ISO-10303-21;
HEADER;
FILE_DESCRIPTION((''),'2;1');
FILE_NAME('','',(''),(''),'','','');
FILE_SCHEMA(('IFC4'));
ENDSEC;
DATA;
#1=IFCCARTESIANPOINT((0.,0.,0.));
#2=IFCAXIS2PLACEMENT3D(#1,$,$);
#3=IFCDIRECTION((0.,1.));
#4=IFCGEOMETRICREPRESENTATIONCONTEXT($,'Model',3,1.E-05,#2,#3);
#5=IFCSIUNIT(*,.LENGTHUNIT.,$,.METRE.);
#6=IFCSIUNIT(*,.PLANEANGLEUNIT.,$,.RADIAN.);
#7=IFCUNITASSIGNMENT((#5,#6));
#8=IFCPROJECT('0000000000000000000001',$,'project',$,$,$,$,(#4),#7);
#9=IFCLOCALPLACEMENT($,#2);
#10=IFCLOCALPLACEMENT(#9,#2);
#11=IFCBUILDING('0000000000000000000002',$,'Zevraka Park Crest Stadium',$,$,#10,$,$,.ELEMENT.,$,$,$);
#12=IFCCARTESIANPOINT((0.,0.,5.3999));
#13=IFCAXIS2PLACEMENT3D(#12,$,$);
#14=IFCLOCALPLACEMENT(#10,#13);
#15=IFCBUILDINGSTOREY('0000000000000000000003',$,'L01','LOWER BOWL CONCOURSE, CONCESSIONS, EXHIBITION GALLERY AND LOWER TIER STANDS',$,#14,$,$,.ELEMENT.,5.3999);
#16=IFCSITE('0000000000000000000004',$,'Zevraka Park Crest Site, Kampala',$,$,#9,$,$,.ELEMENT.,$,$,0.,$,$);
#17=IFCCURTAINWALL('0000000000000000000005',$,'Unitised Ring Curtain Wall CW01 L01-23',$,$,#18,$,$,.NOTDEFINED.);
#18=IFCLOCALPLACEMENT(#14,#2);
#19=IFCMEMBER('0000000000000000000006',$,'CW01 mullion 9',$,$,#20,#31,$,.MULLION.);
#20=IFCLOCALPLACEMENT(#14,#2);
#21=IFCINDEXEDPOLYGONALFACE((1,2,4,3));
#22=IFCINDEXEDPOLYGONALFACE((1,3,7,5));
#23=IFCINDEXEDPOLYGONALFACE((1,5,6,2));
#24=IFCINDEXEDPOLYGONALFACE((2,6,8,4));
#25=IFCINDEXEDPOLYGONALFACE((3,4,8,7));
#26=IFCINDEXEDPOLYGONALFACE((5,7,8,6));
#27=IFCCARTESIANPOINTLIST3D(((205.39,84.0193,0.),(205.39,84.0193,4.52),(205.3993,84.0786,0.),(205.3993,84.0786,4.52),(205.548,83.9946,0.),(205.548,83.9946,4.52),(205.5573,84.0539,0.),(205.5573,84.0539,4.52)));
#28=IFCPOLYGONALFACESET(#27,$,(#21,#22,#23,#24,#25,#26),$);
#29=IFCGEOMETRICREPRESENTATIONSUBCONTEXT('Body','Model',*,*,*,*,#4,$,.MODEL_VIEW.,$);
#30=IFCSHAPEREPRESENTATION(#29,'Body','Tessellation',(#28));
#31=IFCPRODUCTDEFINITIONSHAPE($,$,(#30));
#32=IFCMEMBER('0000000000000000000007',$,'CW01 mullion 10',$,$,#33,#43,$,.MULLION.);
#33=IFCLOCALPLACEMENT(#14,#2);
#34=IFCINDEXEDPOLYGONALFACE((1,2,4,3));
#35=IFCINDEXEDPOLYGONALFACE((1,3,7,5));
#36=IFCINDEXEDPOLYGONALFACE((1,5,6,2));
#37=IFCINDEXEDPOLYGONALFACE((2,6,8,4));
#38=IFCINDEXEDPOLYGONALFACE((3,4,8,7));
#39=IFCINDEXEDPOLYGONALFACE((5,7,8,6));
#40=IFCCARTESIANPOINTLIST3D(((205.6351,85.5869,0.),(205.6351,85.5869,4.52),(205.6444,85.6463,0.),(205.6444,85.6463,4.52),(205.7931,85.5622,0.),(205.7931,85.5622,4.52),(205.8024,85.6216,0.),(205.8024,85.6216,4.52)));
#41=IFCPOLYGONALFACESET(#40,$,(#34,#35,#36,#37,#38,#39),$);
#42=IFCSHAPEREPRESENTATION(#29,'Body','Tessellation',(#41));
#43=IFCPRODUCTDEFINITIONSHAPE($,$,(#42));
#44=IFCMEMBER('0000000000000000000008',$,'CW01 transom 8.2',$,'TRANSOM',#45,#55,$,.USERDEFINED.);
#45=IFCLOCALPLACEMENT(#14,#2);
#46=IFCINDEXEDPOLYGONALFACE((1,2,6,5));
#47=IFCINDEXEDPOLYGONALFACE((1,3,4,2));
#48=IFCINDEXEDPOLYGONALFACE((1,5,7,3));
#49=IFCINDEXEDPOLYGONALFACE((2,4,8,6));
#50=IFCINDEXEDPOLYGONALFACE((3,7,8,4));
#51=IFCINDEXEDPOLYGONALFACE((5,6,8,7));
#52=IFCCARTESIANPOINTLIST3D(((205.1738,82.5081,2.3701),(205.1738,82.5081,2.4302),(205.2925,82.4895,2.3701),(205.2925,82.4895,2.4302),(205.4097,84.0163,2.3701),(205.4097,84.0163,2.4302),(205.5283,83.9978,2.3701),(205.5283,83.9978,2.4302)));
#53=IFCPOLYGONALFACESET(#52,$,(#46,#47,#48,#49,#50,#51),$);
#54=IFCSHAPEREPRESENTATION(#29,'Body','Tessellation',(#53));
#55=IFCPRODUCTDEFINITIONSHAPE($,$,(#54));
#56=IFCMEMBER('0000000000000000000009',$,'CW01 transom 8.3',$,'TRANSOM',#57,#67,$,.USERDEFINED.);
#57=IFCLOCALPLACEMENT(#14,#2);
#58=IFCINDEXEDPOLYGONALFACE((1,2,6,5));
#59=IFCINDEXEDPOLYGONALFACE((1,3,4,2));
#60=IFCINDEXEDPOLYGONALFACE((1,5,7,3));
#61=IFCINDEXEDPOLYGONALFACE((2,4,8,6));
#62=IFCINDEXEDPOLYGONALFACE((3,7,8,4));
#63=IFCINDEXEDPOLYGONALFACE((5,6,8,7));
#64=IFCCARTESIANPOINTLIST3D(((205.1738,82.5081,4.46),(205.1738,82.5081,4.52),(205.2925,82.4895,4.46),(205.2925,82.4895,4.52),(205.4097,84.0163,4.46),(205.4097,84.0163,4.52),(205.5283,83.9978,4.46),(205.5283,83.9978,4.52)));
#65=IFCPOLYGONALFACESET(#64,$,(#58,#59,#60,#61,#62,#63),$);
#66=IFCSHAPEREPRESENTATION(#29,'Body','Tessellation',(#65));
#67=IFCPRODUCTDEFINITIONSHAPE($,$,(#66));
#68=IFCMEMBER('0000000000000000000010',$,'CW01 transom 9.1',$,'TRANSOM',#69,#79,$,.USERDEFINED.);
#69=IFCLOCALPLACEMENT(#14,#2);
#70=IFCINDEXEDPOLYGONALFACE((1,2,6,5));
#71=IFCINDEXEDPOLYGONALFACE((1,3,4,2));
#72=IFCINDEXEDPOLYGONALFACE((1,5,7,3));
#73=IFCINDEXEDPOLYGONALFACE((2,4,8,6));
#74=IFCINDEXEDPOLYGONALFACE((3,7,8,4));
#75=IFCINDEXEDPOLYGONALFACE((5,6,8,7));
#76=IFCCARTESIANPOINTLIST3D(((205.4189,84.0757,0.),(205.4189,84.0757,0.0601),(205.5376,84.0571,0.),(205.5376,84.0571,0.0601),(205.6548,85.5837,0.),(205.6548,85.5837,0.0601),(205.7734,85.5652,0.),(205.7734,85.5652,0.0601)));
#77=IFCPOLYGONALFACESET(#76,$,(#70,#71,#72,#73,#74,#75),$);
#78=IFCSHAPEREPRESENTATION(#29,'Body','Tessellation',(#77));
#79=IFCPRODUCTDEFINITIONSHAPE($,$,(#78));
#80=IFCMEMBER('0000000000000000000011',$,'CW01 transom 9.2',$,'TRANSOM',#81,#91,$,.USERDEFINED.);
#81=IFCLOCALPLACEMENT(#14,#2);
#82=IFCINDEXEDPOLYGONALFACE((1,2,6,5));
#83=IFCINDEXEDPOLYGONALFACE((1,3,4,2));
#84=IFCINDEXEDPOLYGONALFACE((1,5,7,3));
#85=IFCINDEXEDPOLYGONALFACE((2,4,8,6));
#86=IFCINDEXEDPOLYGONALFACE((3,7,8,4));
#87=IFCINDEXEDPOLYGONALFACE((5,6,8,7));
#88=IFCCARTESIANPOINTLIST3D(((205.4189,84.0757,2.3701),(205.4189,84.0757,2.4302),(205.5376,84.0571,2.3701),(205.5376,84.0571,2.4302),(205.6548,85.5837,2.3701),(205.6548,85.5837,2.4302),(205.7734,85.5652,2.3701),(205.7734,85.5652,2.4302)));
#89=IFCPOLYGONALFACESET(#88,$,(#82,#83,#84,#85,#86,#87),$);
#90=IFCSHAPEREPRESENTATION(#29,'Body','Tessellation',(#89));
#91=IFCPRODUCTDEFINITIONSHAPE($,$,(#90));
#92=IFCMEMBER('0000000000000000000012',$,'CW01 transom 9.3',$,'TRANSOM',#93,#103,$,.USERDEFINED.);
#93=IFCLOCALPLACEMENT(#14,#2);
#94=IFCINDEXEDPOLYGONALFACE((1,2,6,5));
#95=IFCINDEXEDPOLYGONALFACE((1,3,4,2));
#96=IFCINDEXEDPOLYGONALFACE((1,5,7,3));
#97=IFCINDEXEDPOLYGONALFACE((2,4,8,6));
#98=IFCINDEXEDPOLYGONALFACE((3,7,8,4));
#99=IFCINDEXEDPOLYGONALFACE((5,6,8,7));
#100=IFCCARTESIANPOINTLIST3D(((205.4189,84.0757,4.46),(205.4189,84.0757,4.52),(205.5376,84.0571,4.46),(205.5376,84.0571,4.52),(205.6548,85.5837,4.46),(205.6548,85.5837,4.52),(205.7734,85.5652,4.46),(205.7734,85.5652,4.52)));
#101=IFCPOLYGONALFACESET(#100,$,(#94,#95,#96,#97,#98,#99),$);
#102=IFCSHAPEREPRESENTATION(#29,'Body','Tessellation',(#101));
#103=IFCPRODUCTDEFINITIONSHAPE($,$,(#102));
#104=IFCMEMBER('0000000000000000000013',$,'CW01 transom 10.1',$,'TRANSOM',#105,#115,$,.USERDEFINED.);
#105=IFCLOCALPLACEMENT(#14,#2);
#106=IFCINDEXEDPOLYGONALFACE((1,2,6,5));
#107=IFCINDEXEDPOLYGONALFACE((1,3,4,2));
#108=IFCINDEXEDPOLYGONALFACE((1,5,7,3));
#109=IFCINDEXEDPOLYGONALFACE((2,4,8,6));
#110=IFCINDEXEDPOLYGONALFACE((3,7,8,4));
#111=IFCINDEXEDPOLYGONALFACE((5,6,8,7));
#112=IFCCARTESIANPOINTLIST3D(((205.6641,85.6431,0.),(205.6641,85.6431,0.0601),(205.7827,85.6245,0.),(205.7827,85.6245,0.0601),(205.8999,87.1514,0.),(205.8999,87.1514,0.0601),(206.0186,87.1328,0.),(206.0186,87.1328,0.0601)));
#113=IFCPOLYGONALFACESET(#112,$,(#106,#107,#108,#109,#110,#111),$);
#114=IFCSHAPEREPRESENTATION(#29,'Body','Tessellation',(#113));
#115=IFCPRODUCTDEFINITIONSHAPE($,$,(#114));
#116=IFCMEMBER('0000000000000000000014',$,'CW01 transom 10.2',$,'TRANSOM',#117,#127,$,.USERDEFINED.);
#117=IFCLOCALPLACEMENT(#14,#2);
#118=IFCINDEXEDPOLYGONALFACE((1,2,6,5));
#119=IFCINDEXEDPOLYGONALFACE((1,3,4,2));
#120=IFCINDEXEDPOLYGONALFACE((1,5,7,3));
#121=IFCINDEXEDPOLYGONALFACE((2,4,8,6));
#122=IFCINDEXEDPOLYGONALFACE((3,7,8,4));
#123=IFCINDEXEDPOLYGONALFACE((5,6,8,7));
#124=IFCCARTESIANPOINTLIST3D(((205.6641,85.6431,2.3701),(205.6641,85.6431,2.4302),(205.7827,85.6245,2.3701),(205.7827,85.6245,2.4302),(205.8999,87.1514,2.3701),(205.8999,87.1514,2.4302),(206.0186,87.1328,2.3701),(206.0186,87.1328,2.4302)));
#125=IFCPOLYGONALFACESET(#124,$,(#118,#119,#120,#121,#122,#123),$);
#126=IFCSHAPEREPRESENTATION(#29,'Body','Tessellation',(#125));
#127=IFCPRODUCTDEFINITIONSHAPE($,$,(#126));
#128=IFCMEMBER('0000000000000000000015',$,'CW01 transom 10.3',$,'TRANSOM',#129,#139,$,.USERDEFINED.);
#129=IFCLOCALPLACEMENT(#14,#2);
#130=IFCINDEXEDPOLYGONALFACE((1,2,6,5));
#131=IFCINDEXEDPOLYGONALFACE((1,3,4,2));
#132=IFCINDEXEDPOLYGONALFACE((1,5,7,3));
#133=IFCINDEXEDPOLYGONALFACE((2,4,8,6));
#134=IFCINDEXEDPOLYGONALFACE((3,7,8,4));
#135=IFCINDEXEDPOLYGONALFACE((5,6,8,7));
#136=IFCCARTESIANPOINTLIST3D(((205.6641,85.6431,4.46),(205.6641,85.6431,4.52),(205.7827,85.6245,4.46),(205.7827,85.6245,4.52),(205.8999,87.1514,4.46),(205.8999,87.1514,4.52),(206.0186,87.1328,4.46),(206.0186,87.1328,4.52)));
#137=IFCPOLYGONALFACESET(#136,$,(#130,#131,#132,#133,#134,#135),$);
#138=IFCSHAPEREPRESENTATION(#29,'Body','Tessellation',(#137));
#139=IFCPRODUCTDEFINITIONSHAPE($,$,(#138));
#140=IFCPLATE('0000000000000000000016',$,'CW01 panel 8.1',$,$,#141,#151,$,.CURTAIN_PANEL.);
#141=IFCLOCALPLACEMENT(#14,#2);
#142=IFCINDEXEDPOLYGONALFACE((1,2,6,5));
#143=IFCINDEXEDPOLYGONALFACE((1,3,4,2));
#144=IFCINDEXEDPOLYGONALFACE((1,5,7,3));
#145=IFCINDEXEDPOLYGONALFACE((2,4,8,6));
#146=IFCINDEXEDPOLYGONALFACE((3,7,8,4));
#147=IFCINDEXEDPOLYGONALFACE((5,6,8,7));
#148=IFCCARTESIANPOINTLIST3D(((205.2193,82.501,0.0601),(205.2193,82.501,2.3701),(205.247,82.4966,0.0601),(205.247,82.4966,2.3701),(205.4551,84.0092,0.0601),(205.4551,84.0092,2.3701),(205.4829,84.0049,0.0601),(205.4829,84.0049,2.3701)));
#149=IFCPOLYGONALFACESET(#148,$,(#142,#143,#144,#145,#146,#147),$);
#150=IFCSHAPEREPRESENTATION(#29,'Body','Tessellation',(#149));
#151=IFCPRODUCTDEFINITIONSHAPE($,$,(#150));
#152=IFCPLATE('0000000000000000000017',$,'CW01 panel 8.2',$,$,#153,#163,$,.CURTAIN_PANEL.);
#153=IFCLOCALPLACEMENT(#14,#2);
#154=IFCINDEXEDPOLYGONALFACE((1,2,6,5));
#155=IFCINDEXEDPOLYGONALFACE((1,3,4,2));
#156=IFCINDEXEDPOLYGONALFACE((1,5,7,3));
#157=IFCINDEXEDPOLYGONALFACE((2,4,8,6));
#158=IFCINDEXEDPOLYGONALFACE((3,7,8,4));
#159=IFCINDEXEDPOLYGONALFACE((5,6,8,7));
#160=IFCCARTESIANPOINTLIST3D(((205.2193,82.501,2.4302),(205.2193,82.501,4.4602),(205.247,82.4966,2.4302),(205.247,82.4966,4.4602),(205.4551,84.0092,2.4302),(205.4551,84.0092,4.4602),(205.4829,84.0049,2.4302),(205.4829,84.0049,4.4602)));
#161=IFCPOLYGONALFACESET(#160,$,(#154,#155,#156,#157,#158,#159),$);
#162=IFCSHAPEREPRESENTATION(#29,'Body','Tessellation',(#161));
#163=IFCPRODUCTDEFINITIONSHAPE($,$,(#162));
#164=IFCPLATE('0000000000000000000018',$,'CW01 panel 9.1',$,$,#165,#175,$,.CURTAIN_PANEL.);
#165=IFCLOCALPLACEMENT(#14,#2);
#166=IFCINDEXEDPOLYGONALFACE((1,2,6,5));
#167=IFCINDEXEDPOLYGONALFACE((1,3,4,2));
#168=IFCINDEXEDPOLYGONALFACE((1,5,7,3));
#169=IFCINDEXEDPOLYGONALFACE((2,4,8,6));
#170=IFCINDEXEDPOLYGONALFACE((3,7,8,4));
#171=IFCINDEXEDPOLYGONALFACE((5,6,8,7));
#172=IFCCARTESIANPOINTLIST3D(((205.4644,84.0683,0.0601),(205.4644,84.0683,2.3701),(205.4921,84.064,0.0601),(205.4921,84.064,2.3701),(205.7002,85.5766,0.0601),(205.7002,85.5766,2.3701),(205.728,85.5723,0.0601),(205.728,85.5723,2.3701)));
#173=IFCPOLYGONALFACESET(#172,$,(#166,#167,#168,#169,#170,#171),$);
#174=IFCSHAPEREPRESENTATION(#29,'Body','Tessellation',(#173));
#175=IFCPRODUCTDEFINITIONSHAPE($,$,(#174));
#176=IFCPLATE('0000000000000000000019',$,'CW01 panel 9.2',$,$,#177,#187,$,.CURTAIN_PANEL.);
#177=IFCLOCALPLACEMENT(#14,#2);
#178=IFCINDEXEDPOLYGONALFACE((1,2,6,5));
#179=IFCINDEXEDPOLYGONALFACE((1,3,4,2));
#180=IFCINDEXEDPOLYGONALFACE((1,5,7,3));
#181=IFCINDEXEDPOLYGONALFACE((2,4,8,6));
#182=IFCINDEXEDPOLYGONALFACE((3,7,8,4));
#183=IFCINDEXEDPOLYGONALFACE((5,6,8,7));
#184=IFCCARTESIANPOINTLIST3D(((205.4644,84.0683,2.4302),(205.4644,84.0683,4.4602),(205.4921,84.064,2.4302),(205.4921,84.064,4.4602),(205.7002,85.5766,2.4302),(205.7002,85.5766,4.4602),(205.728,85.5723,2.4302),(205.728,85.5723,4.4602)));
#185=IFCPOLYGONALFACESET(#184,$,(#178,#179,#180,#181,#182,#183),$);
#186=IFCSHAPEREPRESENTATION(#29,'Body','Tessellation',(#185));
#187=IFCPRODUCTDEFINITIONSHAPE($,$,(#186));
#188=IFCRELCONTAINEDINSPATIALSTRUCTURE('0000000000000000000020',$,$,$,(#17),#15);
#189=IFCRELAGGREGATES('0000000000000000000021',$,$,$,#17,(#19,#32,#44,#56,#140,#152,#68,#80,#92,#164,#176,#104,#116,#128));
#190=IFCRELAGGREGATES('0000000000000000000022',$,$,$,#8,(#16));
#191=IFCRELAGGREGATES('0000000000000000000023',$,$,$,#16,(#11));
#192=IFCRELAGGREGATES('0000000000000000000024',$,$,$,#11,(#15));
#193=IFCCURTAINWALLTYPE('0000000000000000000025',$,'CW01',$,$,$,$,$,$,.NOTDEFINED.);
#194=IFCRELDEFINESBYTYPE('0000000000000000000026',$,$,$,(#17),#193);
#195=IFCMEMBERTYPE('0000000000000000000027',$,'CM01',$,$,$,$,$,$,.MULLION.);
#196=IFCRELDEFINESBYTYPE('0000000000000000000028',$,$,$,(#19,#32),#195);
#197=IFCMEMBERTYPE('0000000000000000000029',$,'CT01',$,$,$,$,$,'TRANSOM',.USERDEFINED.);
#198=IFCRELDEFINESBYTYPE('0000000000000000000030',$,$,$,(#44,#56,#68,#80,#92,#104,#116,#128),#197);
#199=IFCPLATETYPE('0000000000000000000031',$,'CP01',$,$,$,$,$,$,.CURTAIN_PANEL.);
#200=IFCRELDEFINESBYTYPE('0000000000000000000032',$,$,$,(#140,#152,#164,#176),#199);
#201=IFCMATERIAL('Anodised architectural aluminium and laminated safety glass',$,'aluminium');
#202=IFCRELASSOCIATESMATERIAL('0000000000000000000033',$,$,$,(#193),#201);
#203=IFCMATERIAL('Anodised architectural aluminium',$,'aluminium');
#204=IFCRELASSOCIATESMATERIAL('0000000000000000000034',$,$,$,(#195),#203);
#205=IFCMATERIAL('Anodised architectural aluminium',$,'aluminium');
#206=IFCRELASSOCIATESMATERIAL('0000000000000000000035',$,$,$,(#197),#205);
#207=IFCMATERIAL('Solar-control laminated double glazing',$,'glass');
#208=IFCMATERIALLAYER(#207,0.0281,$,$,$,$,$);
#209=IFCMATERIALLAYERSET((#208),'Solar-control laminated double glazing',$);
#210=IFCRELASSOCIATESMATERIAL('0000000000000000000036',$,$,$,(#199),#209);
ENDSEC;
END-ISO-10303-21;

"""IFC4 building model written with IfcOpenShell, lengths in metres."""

from ifc_helpers import new_model, si_unit, direction, frame, origin, origin_2d, place, context, subcontext, project, spatial, rectangle, extrude, material, layer, layer_set, material_profile, profile_set, type_object, element, aggregate, save


model = new_model("IFC4")

# Units and contexts
model_context = context("Model", 3, precision=1e-05, world=origin(), true_north=direction((0.0, 1.0)))
body_context = subcontext(model_context, "Body", "Model", "MODEL_VIEW")
ifc_project = project(units=[si_unit("LENGTHUNIT", "METRE"), si_unit("PLANEANGLEUNIT", "RADIAN")], contexts=[model_context])

# Site, building, storey
site_placement = place(None, origin())
site = spatial("IfcSite", under=ifc_project, at=site_placement, Name="Zevraka Park Crest Site, Kampala", CompositionType="ELEMENT", RefElevation=0.0)
building_placement = place(site_placement, origin())
building = spatial("IfcBuilding", under=site, at=building_placement, Name="Zevraka Park Crest Stadium", CompositionType="ELEMENT")
storey_placement = place(building_placement, frame((0.0, 0.0, 5.3999)))
storey = spatial("IfcBuildingStorey", under=building, at=storey_placement, Name="L01", Description="LOWER BOWL CONCOURSE, CONCESSIONS, EXHIBITION GALLERY AND LOWER TIER STANDS", CompositionType="ELEMENT", Elevation=5.3999)

# Curtain wall, members, plates
ifc_material_1 = material(Name="Anodised architectural aluminium and laminated safety glass", Category="aluminium")
curtain_wall_type = type_object("IfcCurtainWallType", Name="CW01", PredefinedType="NOTDEFINED", material=ifc_material_1)
curtain_wall_placement = place(storey_placement, origin())
curtain_wall = element("IfcCurtainWall", 1, at=curtain_wall_placement, inside=storey, type_object=curtain_wall_type, Name="Unitised Ring Curtain Wall CW01 L01-23", PredefinedType="NOTDEFINED")
ifc_material_2 = material(Name="Anodised architectural aluminium", Category="aluminium")
ifc_material_profile_1 = material_profile(ifc_material_2, rectangle(XDim=0.1599, YDim=0.0601, at=origin_2d()), Name="ALU MULLION 160x60")
ifc_profile_set_1 = profile_set([ifc_material_profile_1], Name="Anodised architectural aluminium")
member_type_1 = type_object("IfcMemberType", Name="CM01", PredefinedType="MULLION", material=ifc_profile_set_1)
member_1_placement = place(storey_placement, frame((205.4736, 84.0366, 0.0), z_axis=(0.0, 0.0, 1.0), x_axis=(-0.987997, 0.154476, 0.0)))
member_1 = element("IfcMember", 2, at=member_1_placement, type_object=member_type_1, Name="CW01 mullion 9", PredefinedType="MULLION", context=body_context, shape_type="SweptSolid", body=[
    extrude(rectangle(XDim=0.1599, YDim=0.0601, at=origin_2d()), origin(), (0.0, 0.0, 1.0), 4.52),
])
member_2_placement = place(storey_placement, frame((205.7188, 85.6042, 0.0), z_axis=(0.0, 0.0, 1.0), x_axis=(-0.987997, 0.154476, 0.0)))
member_2 = element("IfcMember", 3, at=member_2_placement, type_object=member_type_1, Name="CW01 mullion 10", PredefinedType="MULLION", context=body_context, shape_type="SweptSolid", body=[
    extrude(rectangle(XDim=0.1599, YDim=0.0601, at=origin_2d()), origin(), (0.0, 0.0, 1.0), 4.52),
])
ifc_material_3 = material(Name="Anodised architectural aluminium", Category="aluminium")
ifc_material_profile_2 = material_profile(ifc_material_3, rectangle(XDim=0.1201, YDim=0.0601, at=origin_2d()), Name="ALU TRANSOM 120x60")
ifc_profile_set_2 = profile_set([ifc_material_profile_2], Name="Anodised architectural aluminium")
member_type_2 = type_object("IfcMemberType", Name="CT01", ElementType="TRANSOM", PredefinedType="USERDEFINED", material=ifc_profile_set_2)
member_3_placement = place(storey_placement, frame((205.2332, 82.4988, 2.4001), z_axis=(0.154484, 0.987995, 0.0), x_axis=(-0.987995, 0.154484, 0.0)))
member_3 = element("IfcMember", 4, at=member_3_placement, type_object=member_type_2, Name="CW01 transom 8.2", ObjectType="TRANSOM", PredefinedType="USERDEFINED", context=body_context, shape_type="SweptSolid", body=[
    extrude(rectangle(XDim=0.1201, YDim=0.0601, at=origin_2d()), origin(), (0.0, 0.0, 1.0), 1.5266),
])
member_4_placement = place(storey_placement, frame((205.2332, 82.4988, 4.49), z_axis=(0.154484, 0.987995, 0.0), x_axis=(-0.987995, 0.154484, 0.0)))
member_4 = element("IfcMember", 5, at=member_4_placement, type_object=member_type_2, Name="CW01 transom 8.3", ObjectType="TRANSOM", PredefinedType="USERDEFINED", context=body_context, shape_type="SweptSolid", body=[
    extrude(rectangle(XDim=0.1201, YDim=0.0601, at=origin_2d()), origin(), (0.0, 0.0, 1.0), 1.5266),
])
member_5_placement = place(storey_placement, frame((205.4783, 84.0664, 0.03), z_axis=(0.154509, 0.987991, 0.0), x_axis=(-0.987991, 0.154509, 0.0)))
member_5 = element("IfcMember", 6, at=member_5_placement, type_object=member_type_2, Name="CW01 transom 9.1", ObjectType="TRANSOM", PredefinedType="USERDEFINED", context=body_context, shape_type="SweptSolid", body=[
    extrude(rectangle(XDim=0.1201, YDim=0.0601, at=origin_2d()), origin(), (0.0, 0.0, 1.0), 1.5264),
])
member_6_placement = place(storey_placement, frame((205.4783, 84.0664, 2.4001), z_axis=(0.154509, 0.987991, 0.0), x_axis=(-0.987991, 0.154509, 0.0)))
member_6 = element("IfcMember", 7, at=member_6_placement, type_object=member_type_2, Name="CW01 transom 9.2", ObjectType="TRANSOM", PredefinedType="USERDEFINED", context=body_context, shape_type="SweptSolid", body=[
    extrude(rectangle(XDim=0.1201, YDim=0.0601, at=origin_2d()), origin(), (0.0, 0.0, 1.0), 1.5264),
])
member_7_placement = place(storey_placement, frame((205.4783, 84.0664, 4.49), z_axis=(0.154509, 0.987991, 0.0), x_axis=(-0.987991, 0.154509, 0.0)))
member_7 = element("IfcMember", 8, at=member_7_placement, type_object=member_type_2, Name="CW01 transom 9.3", ObjectType="TRANSOM", PredefinedType="USERDEFINED", context=body_context, shape_type="SweptSolid", body=[
    extrude(rectangle(XDim=0.1201, YDim=0.0601, at=origin_2d()), origin(), (0.0, 0.0, 1.0), 1.5264),
])
member_8_placement = place(storey_placement, frame((205.7234, 85.6338, 0.03), z_axis=(0.154484, 0.987995, 0.0), x_axis=(-0.987995, 0.154484, 0.0)))
member_8 = element("IfcMember", 9, at=member_8_placement, type_object=member_type_2, Name="CW01 transom 10.1", ObjectType="TRANSOM", PredefinedType="USERDEFINED", context=body_context, shape_type="SweptSolid", body=[
    extrude(rectangle(XDim=0.1201, YDim=0.0601, at=origin_2d()), origin(), (0.0, 0.0, 1.0), 1.5266),
])
member_9_placement = place(storey_placement, frame((205.7234, 85.6338, 2.4001), z_axis=(0.154484, 0.987995, 0.0), x_axis=(-0.987995, 0.154484, 0.0)))
member_9 = element("IfcMember", 10, at=member_9_placement, type_object=member_type_2, Name="CW01 transom 10.2", ObjectType="TRANSOM", PredefinedType="USERDEFINED", context=body_context, shape_type="SweptSolid", body=[
    extrude(rectangle(XDim=0.1201, YDim=0.0601, at=origin_2d()), origin(), (0.0, 0.0, 1.0), 1.5266),
])
member_10_placement = place(storey_placement, frame((205.7234, 85.6338, 4.49), z_axis=(0.154484, 0.987995, 0.0), x_axis=(-0.987995, 0.154484, 0.0)))
member_10 = element("IfcMember", 11, at=member_10_placement, type_object=member_type_2, Name="CW01 transom 10.3", ObjectType="TRANSOM", PredefinedType="USERDEFINED", context=body_context, shape_type="SweptSolid", body=[
    extrude(rectangle(XDim=0.1201, YDim=0.0601, at=origin_2d()), origin(), (0.0, 0.0, 1.0), 1.5266),
])
ifc_material_4 = material(Name="Solar-control laminated double glazing", Category="glass")
ifc_layer_1 = layer(ifc_material_4, 0.0281)
ifc_layer_set_1 = layer_set([ifc_layer_1], Name="Solar-control laminated double glazing")
plate_type = type_object("IfcPlateType", Name="CP01", PredefinedType="CURTAIN_PANEL", material=ifc_layer_set_1)
plate_1_placement = place(storey_placement, frame((205.3511, 83.2529, 0.0601), z_axis=(0.0, 0.0, 1.0), x_axis=(0.154476, 0.987997, 0.0)))
plate_1 = element("IfcPlate", 12, at=plate_1_placement, type_object=plate_type, Name="CW01 panel 8.1", PredefinedType="CURTAIN_PANEL", context=body_context, shape_type="SweptSolid", body=[
    extrude(rectangle(XDim=1.5266, YDim=0.0281, at=origin_2d()), origin(), (0.0, 0.0, 1.0), 2.3101),
])
plate_2_placement = place(storey_placement, frame((205.3511, 83.2529, 2.4302), z_axis=(0.0, 0.0, 1.0), x_axis=(0.154476, 0.987997, 0.0)))
plate_2 = element("IfcPlate", 13, at=plate_2_placement, type_object=plate_type, Name="CW01 panel 8.2", PredefinedType="CURTAIN_PANEL", context=body_context, shape_type="SweptSolid", body=[
    extrude(rectangle(XDim=1.5266, YDim=0.0281, at=origin_2d()), origin(), (0.0, 0.0, 1.0), 2.03),
])
plate_3_placement = place(storey_placement, frame((205.5962, 84.8203, 0.0601), z_axis=(0.0, 0.0, 1.0), x_axis=(0.154476, 0.987997, 0.0)))
plate_3 = element("IfcPlate", 14, at=plate_3_placement, type_object=plate_type, Name="CW01 panel 9.1", PredefinedType="CURTAIN_PANEL", context=body_context, shape_type="SweptSolid", body=[
    extrude(rectangle(XDim=1.5266, YDim=0.0281, at=origin_2d()), origin(), (0.0, 0.0, 1.0), 2.3101),
])
plate_4_placement = place(storey_placement, frame((205.5962, 84.8203, 2.4302), z_axis=(0.0, 0.0, 1.0), x_axis=(0.154476, 0.987997, 0.0)))
plate_4 = element("IfcPlate", 15, at=plate_4_placement, type_object=plate_type, Name="CW01 panel 9.2", PredefinedType="CURTAIN_PANEL", context=body_context, shape_type="SweptSolid", body=[
    extrude(rectangle(XDim=1.5266, YDim=0.0281, at=origin_2d()), origin(), (0.0, 0.0, 1.0), 2.03),
])
aggregate(curtain_wall, [member_1, member_2, member_3, member_4, plate_1, plate_2, member_5, member_6, member_7, plate_3, plate_4, member_8, member_9, member_10])

save(model, "model.ifc")
